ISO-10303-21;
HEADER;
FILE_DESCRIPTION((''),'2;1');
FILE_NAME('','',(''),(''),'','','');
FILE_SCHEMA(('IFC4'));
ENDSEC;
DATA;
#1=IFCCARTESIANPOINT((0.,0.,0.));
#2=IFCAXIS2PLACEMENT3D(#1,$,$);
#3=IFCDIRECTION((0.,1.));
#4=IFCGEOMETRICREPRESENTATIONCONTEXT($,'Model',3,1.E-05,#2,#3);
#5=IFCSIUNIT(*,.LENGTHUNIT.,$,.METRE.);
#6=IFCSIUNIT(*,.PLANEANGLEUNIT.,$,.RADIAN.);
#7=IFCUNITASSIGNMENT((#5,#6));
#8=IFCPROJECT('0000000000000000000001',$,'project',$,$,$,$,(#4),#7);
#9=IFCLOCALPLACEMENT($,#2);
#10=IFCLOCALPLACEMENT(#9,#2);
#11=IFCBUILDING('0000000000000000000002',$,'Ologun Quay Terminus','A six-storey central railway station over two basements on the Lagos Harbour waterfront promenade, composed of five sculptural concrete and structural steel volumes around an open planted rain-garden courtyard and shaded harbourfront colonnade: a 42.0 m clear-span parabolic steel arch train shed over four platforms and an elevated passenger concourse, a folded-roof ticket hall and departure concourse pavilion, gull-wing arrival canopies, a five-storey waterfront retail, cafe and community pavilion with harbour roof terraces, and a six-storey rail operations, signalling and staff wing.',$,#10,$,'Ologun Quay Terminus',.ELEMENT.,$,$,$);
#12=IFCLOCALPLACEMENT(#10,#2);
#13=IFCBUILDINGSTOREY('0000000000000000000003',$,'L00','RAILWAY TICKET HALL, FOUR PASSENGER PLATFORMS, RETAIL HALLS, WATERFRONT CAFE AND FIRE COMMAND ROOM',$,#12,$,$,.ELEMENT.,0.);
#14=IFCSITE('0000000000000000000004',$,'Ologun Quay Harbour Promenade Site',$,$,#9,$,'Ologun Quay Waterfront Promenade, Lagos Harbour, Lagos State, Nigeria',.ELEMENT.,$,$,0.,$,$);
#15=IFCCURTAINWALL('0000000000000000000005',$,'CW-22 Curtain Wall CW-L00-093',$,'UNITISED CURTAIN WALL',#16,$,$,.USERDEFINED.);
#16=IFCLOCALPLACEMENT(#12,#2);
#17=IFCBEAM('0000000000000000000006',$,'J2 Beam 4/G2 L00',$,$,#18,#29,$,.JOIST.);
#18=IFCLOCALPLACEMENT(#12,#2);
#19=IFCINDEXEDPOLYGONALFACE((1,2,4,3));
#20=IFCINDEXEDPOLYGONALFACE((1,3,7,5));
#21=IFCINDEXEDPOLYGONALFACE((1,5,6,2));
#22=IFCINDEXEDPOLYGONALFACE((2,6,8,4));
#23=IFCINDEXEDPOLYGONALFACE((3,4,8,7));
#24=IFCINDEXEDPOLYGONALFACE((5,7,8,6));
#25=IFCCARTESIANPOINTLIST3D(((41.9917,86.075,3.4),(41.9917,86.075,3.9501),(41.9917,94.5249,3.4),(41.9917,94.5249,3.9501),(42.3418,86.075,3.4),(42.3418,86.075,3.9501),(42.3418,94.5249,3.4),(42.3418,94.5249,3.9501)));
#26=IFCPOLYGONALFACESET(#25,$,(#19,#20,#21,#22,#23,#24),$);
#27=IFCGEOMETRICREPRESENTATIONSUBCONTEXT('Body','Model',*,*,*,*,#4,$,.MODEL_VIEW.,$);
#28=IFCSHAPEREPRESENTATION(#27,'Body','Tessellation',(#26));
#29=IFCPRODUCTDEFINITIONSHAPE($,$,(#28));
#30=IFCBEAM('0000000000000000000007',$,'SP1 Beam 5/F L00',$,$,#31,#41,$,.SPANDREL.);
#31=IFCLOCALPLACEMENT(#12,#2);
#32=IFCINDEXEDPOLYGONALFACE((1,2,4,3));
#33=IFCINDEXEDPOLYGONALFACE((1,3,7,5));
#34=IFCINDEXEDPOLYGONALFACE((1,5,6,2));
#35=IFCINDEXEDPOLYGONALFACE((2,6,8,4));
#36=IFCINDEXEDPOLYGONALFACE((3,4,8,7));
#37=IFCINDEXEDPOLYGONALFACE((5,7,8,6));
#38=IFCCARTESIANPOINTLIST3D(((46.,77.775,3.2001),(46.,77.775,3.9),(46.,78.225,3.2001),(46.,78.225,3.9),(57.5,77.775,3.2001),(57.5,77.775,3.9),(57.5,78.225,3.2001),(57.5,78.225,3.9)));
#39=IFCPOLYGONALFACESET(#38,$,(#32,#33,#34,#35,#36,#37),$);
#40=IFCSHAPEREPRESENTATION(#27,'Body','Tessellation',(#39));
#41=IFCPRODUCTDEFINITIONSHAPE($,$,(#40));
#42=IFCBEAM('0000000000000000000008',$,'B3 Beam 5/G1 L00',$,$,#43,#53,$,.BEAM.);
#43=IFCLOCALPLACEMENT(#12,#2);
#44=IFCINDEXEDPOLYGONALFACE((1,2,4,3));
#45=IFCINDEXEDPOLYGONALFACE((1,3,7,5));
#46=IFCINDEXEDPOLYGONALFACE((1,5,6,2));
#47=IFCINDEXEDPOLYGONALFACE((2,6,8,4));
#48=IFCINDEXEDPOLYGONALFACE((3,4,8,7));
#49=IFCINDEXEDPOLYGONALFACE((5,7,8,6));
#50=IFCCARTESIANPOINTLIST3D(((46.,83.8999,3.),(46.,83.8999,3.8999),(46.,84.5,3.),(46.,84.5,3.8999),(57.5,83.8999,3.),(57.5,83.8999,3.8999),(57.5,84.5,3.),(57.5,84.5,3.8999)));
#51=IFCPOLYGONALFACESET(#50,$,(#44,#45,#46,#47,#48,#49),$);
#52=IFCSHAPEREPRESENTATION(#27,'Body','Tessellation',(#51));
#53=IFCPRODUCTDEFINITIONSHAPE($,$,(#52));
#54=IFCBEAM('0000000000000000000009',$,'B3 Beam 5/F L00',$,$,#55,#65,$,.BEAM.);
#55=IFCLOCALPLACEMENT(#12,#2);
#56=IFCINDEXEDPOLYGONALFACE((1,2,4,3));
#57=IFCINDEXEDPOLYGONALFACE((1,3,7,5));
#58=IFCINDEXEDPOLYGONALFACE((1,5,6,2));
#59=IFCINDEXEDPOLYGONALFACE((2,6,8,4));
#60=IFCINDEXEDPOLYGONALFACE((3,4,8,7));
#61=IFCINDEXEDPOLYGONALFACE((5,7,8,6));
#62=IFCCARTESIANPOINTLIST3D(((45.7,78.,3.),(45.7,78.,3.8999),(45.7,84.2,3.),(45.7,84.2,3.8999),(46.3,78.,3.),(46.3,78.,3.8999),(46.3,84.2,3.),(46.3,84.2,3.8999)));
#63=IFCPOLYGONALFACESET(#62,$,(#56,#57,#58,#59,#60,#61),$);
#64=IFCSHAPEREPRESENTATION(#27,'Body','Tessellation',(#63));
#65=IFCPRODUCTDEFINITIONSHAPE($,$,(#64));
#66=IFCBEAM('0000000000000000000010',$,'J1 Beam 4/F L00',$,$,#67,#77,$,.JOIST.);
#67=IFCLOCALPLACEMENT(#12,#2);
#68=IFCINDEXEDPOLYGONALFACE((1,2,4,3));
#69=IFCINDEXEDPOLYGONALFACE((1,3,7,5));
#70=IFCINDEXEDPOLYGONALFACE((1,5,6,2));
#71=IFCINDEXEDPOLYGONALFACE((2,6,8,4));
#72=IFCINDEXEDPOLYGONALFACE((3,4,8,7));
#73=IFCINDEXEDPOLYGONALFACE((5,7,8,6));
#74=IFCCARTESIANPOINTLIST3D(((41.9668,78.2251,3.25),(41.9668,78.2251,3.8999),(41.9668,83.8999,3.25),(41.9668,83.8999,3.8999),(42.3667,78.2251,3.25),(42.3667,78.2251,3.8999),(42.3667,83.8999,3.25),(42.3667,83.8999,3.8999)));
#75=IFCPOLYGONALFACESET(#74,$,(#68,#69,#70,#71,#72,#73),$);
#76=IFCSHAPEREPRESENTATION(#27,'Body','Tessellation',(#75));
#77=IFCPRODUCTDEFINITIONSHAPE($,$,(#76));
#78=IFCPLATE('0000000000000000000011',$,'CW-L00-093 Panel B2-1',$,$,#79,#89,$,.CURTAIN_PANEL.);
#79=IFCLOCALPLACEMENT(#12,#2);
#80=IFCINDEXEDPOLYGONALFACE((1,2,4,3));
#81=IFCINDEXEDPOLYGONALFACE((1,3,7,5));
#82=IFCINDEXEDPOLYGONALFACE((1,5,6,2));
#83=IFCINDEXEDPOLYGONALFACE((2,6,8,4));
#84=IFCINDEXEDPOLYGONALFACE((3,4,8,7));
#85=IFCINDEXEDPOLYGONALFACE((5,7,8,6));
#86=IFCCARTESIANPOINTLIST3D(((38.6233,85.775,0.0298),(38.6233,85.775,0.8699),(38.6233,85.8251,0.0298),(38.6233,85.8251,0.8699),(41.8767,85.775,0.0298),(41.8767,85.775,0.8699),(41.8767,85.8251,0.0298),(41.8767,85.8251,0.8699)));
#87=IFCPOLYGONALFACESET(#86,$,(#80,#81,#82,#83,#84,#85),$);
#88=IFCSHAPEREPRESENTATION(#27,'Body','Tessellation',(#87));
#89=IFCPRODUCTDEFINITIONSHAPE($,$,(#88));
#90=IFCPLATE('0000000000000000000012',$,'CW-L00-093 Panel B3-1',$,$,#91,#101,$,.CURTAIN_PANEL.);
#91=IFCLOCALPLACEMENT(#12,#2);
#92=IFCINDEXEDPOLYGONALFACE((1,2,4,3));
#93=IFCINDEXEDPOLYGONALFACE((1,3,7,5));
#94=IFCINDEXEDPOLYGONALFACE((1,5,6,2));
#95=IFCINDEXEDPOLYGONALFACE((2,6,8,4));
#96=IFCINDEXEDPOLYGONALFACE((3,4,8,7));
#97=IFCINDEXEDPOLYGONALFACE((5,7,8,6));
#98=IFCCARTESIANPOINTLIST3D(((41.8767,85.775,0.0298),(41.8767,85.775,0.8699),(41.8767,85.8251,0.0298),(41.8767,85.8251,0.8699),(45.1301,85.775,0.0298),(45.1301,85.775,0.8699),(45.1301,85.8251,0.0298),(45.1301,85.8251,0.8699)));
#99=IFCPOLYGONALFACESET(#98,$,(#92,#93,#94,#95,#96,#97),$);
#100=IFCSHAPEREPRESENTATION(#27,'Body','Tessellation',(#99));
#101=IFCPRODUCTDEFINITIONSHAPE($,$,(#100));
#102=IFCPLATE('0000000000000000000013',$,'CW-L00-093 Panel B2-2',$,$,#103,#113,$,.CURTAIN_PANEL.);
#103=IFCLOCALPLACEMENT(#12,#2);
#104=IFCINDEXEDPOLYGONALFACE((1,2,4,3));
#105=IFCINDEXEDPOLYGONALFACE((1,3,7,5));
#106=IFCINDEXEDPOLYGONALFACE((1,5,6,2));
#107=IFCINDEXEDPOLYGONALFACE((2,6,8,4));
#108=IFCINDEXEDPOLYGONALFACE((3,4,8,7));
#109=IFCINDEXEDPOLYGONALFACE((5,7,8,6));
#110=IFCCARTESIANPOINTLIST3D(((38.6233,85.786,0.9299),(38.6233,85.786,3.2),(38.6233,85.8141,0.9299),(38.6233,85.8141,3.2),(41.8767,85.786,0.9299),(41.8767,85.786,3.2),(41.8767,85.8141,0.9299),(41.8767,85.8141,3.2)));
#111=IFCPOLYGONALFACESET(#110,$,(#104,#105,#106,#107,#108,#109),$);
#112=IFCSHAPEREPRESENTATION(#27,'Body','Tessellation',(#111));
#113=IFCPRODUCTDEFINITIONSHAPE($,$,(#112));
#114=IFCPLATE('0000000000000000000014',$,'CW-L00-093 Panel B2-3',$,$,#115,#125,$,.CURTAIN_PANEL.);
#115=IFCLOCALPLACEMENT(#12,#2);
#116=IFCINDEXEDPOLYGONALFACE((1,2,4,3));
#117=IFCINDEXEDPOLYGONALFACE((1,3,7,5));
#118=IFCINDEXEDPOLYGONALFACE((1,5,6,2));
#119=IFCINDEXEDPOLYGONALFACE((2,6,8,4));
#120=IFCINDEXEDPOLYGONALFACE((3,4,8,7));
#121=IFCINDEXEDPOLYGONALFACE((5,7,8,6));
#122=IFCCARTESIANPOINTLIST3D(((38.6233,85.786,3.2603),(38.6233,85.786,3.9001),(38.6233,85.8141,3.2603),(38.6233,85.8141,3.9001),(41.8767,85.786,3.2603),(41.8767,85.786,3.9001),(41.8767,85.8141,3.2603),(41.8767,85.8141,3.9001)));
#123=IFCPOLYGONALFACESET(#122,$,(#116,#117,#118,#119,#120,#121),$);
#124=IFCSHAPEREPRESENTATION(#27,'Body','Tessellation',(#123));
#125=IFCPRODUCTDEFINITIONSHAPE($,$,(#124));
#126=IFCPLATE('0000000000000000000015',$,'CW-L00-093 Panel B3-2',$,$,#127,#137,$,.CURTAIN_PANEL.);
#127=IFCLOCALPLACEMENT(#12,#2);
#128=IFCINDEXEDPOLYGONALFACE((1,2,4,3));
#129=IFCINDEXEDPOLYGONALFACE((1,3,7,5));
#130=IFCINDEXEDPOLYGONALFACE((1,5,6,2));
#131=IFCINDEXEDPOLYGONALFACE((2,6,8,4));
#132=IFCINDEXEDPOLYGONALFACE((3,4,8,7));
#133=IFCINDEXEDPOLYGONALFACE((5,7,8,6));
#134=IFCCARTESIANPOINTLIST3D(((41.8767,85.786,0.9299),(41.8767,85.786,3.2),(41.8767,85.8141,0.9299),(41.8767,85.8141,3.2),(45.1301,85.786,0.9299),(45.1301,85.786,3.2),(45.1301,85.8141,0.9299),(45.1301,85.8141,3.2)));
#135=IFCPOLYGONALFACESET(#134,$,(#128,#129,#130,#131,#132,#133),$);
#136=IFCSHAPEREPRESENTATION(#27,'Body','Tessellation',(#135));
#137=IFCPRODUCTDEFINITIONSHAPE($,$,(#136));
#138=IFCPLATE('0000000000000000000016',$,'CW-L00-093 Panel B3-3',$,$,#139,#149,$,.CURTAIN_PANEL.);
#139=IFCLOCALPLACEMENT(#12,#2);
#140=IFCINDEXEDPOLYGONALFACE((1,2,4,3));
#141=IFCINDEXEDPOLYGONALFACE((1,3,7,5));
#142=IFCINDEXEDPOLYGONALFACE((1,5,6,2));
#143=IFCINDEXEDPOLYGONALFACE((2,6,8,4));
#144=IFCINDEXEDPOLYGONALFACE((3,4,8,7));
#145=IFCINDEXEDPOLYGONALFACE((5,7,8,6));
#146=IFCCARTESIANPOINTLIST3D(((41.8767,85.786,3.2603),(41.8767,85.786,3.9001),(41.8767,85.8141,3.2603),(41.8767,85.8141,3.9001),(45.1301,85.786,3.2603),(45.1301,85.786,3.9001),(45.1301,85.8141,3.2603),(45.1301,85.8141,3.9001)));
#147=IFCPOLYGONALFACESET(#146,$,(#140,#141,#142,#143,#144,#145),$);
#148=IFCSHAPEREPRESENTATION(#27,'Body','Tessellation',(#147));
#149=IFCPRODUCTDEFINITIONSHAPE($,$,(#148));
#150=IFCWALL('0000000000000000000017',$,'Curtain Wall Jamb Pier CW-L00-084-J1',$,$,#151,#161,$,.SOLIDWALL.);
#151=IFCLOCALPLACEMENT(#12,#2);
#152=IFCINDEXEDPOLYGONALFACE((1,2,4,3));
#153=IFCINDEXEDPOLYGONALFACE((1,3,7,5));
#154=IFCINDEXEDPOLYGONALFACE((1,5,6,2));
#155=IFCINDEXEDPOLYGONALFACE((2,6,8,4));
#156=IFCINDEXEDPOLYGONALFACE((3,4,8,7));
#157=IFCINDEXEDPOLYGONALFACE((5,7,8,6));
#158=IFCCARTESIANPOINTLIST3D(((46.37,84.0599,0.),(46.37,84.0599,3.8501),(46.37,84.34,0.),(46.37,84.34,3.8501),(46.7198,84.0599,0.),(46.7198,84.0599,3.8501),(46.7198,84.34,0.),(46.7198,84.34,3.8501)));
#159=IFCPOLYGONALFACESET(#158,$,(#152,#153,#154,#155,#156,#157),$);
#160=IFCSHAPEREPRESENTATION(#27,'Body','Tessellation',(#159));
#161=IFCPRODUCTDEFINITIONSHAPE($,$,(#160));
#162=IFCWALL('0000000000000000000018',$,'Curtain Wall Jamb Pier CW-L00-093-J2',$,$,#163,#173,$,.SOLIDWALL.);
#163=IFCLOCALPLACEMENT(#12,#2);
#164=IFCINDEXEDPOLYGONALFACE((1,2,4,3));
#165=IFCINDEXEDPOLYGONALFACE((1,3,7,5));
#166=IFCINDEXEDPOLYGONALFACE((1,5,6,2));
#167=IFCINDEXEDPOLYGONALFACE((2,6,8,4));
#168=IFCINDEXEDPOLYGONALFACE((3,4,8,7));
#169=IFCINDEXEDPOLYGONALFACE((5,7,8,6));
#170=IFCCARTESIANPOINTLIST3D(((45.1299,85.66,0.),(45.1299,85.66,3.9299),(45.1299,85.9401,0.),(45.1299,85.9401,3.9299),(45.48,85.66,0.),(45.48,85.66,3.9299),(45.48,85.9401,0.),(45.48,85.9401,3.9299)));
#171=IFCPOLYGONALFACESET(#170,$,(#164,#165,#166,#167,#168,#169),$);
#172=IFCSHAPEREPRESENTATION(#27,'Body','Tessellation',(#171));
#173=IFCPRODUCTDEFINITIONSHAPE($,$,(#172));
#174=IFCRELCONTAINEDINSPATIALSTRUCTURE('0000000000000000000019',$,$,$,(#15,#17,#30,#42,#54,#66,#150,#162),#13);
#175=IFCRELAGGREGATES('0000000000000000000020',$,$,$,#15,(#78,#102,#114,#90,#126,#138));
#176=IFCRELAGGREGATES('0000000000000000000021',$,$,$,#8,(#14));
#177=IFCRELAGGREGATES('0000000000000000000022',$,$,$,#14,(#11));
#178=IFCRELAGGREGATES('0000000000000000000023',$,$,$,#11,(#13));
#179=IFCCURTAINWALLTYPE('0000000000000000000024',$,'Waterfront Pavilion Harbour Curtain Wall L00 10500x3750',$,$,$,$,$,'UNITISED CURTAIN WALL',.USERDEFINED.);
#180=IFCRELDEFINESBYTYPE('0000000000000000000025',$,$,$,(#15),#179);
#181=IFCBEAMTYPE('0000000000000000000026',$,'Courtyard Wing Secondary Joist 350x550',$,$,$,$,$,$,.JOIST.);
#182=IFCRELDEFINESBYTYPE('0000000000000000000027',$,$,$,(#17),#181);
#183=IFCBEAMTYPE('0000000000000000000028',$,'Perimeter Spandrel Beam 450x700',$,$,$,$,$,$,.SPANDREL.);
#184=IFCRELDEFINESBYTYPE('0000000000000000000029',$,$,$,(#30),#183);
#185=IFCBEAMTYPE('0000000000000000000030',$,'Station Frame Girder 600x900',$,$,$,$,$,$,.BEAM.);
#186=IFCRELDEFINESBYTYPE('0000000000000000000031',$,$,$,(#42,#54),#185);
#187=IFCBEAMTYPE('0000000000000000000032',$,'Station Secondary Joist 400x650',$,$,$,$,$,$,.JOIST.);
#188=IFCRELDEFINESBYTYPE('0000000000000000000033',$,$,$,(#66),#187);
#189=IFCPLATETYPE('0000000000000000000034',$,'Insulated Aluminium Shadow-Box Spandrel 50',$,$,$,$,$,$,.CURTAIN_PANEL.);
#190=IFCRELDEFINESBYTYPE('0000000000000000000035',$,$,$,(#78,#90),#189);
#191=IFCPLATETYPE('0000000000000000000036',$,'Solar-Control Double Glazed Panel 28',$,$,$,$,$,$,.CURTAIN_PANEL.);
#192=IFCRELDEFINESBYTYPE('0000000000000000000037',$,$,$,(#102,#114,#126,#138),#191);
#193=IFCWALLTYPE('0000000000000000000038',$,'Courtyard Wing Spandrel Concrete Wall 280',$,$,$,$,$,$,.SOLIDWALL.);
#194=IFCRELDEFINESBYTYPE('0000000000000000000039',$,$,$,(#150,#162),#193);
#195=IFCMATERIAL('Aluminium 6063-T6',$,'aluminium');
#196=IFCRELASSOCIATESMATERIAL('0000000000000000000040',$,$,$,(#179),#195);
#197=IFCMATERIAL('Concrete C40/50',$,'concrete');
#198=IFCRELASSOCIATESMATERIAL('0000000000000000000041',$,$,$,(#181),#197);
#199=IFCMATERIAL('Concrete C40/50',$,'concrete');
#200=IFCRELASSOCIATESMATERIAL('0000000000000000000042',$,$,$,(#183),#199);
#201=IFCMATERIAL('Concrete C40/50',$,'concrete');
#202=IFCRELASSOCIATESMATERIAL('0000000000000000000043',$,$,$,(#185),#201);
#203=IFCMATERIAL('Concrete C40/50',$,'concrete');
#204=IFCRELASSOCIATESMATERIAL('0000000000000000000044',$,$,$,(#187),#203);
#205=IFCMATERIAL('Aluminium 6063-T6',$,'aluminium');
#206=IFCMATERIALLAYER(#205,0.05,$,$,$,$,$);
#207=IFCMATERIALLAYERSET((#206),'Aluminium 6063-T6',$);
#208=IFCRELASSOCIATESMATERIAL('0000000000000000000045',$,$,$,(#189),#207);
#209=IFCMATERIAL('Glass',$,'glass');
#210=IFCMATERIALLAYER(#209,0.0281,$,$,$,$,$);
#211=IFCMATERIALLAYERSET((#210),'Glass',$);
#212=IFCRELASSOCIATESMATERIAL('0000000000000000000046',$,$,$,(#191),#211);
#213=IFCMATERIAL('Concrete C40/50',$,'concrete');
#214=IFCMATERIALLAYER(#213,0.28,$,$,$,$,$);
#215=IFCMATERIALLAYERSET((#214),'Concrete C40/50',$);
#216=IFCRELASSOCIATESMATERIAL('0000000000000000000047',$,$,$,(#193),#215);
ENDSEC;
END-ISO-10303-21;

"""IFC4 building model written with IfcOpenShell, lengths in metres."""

from ifc_helpers import new_model, si_unit, direction, frame, frame_2d, origin, origin_2d, place, context, subcontext, project, spatial, rectangle, extrude, material, layer, layer_set, material_profile, profile_set, type_object, element, aggregate, save


model = new_model("IFC4")

# Units and contexts
model_context = context("Model", 3, precision=1e-05, world=origin(), true_north=direction((0.0, 1.0)))
body_context = subcontext(model_context, "Body", "Model", "MODEL_VIEW")
ifc_project = project(units=[si_unit("LENGTHUNIT", "METRE"), si_unit("PLANEANGLEUNIT", "RADIAN")], contexts=[model_context])

# Site, building, storey
site_placement = place(None, origin())
site = spatial("IfcSite", under=ifc_project, at=site_placement, Name="Ologun Quay Harbour Promenade Site", LongName="Ologun Quay Waterfront Promenade, Lagos Harbour, Lagos State, Nigeria", CompositionType="ELEMENT", RefElevation=0.0)
building_placement = place(site_placement, origin())
building = spatial("IfcBuilding", under=site, at=building_placement, Name="Ologun Quay Terminus", Description="A six-storey central railway station over two basements on the Lagos Harbour waterfront promenade, composed of five sculptural concrete and structural steel volumes around an open planted rain-garden courtyard and shaded harbourfront colonnade: a 42.0 m clear-span parabolic steel arch train shed over four platforms and an elevated passenger concourse, a folded-roof ticket hall and departure concourse pavilion, gull-wing arrival canopies, a five-storey waterfront retail, cafe and community pavilion with harbour roof terraces, and a six-storey rail operations, signalling and staff wing.", LongName="Ologun Quay Terminus", CompositionType="ELEMENT")
storey_placement = place(building_placement, origin())
storey = spatial("IfcBuildingStorey", under=building, at=storey_placement, Name="L00", Description="RAILWAY TICKET HALL, FOUR PASSENGER PLATFORMS, RETAIL HALLS, WATERFRONT CAFE AND FIRE COMMAND ROOM", CompositionType="ELEMENT", Elevation=0.0)

# Curtain wall
ifc_material_1 = material(Name="Aluminium 6063-T6", Category="aluminium")
curtain_wall_type_1 = type_object("IfcCurtainWallType", Name="Waterfront Pavilion Harbour Curtain Wall L00 10500x3750", ElementType="UNITISED CURTAIN WALL", PredefinedType="USERDEFINED", material=ifc_material_1)
curtain_wall_1_placement = place(storey_placement, origin())
curtain_wall_1 = element("IfcCurtainWall", 1, at=curtain_wall_1_placement, inside=storey, type_object=curtain_wall_type_1, Name="CW-22 Curtain Wall CW-L00-093", ObjectType="UNITISED CURTAIN WALL", PredefinedType="USERDEFINED")

# Beams
ifc_material_2 = material(Name="Concrete C40/50", Category="concrete")
ifc_material_profile_1 = material_profile(ifc_material_2, rectangle(XDim=0.3501, YDim=0.55, at=origin_2d()), Name="RC 350x550")
ifc_profile_set_1 = profile_set([ifc_material_profile_1], Name="Concrete C40/50")
beam_type_1 = type_object("IfcBeamType", Name="Courtyard Wing Secondary Joist 350x550", PredefinedType="JOIST", material=ifc_profile_set_1)
beam_1_placement = place(storey_placement, frame((42.1667, 86.075, 3.675), z_axis=(0.0, 1.0, 0.0), x_axis=(-1.0, 0.0, 0.0)))
element("IfcBeam", 2, at=beam_1_placement, inside=storey, type_object=beam_type_1, Name="J2 Beam 4/G2 L00", PredefinedType="JOIST", context=body_context, shape_type="SweptSolid", body=[
    extrude(rectangle(XDim=0.3501, YDim=0.55, at=origin_2d()), origin(), (0.0, 0.0, 1.0), 8.45),
])
ifc_material_3 = material(Name="Concrete C40/50", Category="concrete")
ifc_material_profile_2 = material_profile(ifc_material_3, rectangle(XDim=0.45, YDim=0.7, at=origin_2d()), Name="RC 450x700")
ifc_profile_set_2 = profile_set([ifc_material_profile_2], Name="Concrete C40/50")
beam_type_2 = type_object("IfcBeamType", Name="Perimeter Spandrel Beam 450x700", PredefinedType="SPANDREL", material=ifc_profile_set_2)
beam_2_placement = place(storey_placement, frame((46.0, 78.0, 3.55), z_axis=(1.0, 0.0, 0.0), x_axis=(0.0, 1.0, 0.0)))
element("IfcBeam", 3, at=beam_2_placement, inside=storey, type_object=beam_type_2, Name="SP1 Beam 5/F L00", PredefinedType="SPANDREL", context=body_context, shape_type="SweptSolid", body=[
    extrude(rectangle(XDim=0.45, YDim=0.7, at=origin_2d()), origin(), (0.0, 0.0, 1.0), 11.5),
])
ifc_material_4 = material(Name="Concrete C40/50", Category="concrete")
ifc_material_profile_3 = material_profile(ifc_material_4, rectangle(XDim=0.6001, YDim=0.8999, at=origin_2d()), Name="RC 600x900")
ifc_profile_set_3 = profile_set([ifc_material_profile_3], Name="Concrete C40/50")
beam_type_3 = type_object("IfcBeamType", Name="Station Frame Girder 600x900", PredefinedType="BEAM", material=ifc_profile_set_3)
beam_3_placement = place(storey_placement, frame((46.0, 84.2, 3.45), z_axis=(1.0, 0.0, 0.0), x_axis=(0.0, 1.0, 0.0)))
element("IfcBeam", 4, at=beam_3_placement, inside=storey, type_object=beam_type_3, Name="B3 Beam 5/G1 L00", PredefinedType="BEAM", context=body_context, shape_type="SweptSolid", body=[
    extrude(rectangle(XDim=0.6001, YDim=0.8999, at=origin_2d()), origin(), (0.0, 0.0, 1.0), 11.5),
])
beam_4_placement = place(storey_placement, frame((46.0, 78.0, 3.45), z_axis=(0.0, 1.0, 0.0), x_axis=(-1.0, 0.0, 0.0)))
element("IfcBeam", 5, at=beam_4_placement, inside=storey, type_object=beam_type_3, Name="B3 Beam 5/F L00", PredefinedType="BEAM", context=body_context, shape_type="SweptSolid", body=[
    extrude(rectangle(XDim=0.6001, YDim=0.8999, at=origin_2d()), origin(), (0.0, 0.0, 1.0), 6.2),
])
ifc_material_5 = material(Name="Concrete C40/50", Category="concrete")
ifc_material_profile_4 = material_profile(ifc_material_5, rectangle(XDim=0.3999, YDim=0.6499, at=origin_2d()), Name="RC 400x650")
ifc_profile_set_4 = profile_set([ifc_material_profile_4], Name="Concrete C40/50")
beam_type_4 = type_object("IfcBeamType", Name="Station Secondary Joist 400x650", PredefinedType="JOIST", material=ifc_profile_set_4)
beam_5_placement = place(storey_placement, frame((42.1667, 78.2251, 3.575), z_axis=(0.0, 1.0, 0.0), x_axis=(-1.0, 0.0, 0.0)))
element("IfcBeam", 6, at=beam_5_placement, inside=storey, type_object=beam_type_4, Name="J1 Beam 4/F L00", PredefinedType="JOIST", context=body_context, shape_type="SweptSolid", body=[
    extrude(rectangle(XDim=0.3999, YDim=0.6499, at=origin_2d()), origin(), (0.0, 0.0, 1.0), 5.6748),
])

# Plates
ifc_material_6 = material(Name="Aluminium 6063-T6", Category="aluminium")
ifc_layer_1 = layer(ifc_material_6, 0.05)
ifc_layer_set_1 = layer_set([ifc_layer_1], Name="Aluminium 6063-T6")
plate_type_1 = type_object("IfcPlateType", Name="Insulated Aluminium Shadow-Box Spandrel 50", PredefinedType="CURTAIN_PANEL", material=ifc_layer_set_1)
plate_1_placement = place(storey_placement, frame((40.25, 85.8, 0.0298), z_axis=(0.0, 0.0, 1.0), x_axis=(1.0, 0.0, 0.0)))
plate_1 = element("IfcPlate", 7, at=plate_1_placement, type_object=plate_type_1, Name="CW-L00-093 Panel B2-1", PredefinedType="CURTAIN_PANEL", context=body_context, shape_type="SweptSolid", body=[
    extrude(rectangle(XDim=3.2534, YDim=0.05, at=origin_2d()), origin(), (0.0, 0.0, 1.0), 0.8401),
])
plate_2_placement = place(storey_placement, frame((43.5034, 85.8, 0.0298), z_axis=(0.0, 0.0, 1.0), x_axis=(1.0, 0.0, 0.0)))
plate_2 = element("IfcPlate", 8, at=plate_2_placement, type_object=plate_type_1, Name="CW-L00-093 Panel B3-1", PredefinedType="CURTAIN_PANEL", context=body_context, shape_type="SweptSolid", body=[
    extrude(rectangle(XDim=3.2534, YDim=0.05, at=origin_2d()), origin(), (0.0, 0.0, 1.0), 0.8401),
])
ifc_material_7 = material(Name="Glass", Category="glass")
ifc_layer_2 = layer(ifc_material_7, 0.0281)
ifc_layer_set_2 = layer_set([ifc_layer_2], Name="Glass")
plate_type_2 = type_object("IfcPlateType", Name="Solar-Control Double Glazed Panel 28", PredefinedType="CURTAIN_PANEL", material=ifc_layer_set_2)
plate_3_placement = place(storey_placement, frame((40.25, 85.8, 0.9299), z_axis=(0.0, 0.0, 1.0), x_axis=(1.0, 0.0, 0.0)))
plate_3 = element("IfcPlate", 9, at=plate_3_placement, type_object=plate_type_2, Name="CW-L00-093 Panel B2-2", PredefinedType="CURTAIN_PANEL", context=body_context, shape_type="SweptSolid", body=[
    extrude(rectangle(XDim=3.2534, YDim=0.0281, at=origin_2d()), origin(), (0.0, 0.0, 1.0), 2.27),
])
plate_4_placement = place(storey_placement, frame((40.25, 85.8, 3.2603), z_axis=(0.0, 0.0, 1.0), x_axis=(1.0, 0.0, 0.0)))
plate_4 = element("IfcPlate", 10, at=plate_4_placement, type_object=plate_type_2, Name="CW-L00-093 Panel B2-3", PredefinedType="CURTAIN_PANEL", context=body_context, shape_type="SweptSolid", body=[
    extrude(rectangle(XDim=3.2534, YDim=0.0281, at=origin_2d()), origin(), (0.0, 0.0, 1.0), 0.6399),
])
plate_5_placement = place(storey_placement, frame((43.5034, 85.8, 0.9299), z_axis=(0.0, 0.0, 1.0), x_axis=(1.0, 0.0, 0.0)))
plate_5 = element("IfcPlate", 11, at=plate_5_placement, type_object=plate_type_2, Name="CW-L00-093 Panel B3-2", PredefinedType="CURTAIN_PANEL", context=body_context, shape_type="SweptSolid", body=[
    extrude(rectangle(XDim=3.2534, YDim=0.0281, at=origin_2d()), origin(), (0.0, 0.0, 1.0), 2.27),
])
plate_6_placement = place(storey_placement, frame((43.5034, 85.8, 3.2603), z_axis=(0.0, 0.0, 1.0), x_axis=(1.0, 0.0, 0.0)))
plate_6 = element("IfcPlate", 12, at=plate_6_placement, type_object=plate_type_2, Name="CW-L00-093 Panel B3-3", PredefinedType="CURTAIN_PANEL", context=body_context, shape_type="SweptSolid", body=[
    extrude(rectangle(XDim=3.2534, YDim=0.0281, at=origin_2d()), origin(), (0.0, 0.0, 1.0), 0.6399),
])
aggregate(curtain_wall_1, [plate_1, plate_3, plate_4, plate_2, plate_5, plate_6])

# Walls
ifc_material_8 = material(Name="Concrete C40/50", Category="concrete")
ifc_layer_3 = layer(ifc_material_8, 0.28)
ifc_layer_set_3 = layer_set([ifc_layer_3], Name="Concrete C40/50")
wall_type_1 = type_object("IfcWallType", Name="Courtyard Wing Spandrel Concrete Wall 280", PredefinedType="SOLIDWALL", material=ifc_layer_set_3)
wall_1_placement = place(storey_placement, frame((46.3701, 84.2, 0.0), z_axis=(0.0, 0.0, 1.0), x_axis=(1.0, 0.0, 0.0)))
element("IfcWall", 13, at=wall_1_placement, inside=storey, type_object=wall_type_1, Name="Curtain Wall Jamb Pier CW-L00-084-J1", PredefinedType="SOLIDWALL", context=body_context, shape_type="SweptSolid", body=[
    extrude(rectangle(XDim=0.3499, YDim=0.28, at=frame_2d((0.1748, 0.0))), origin(), (0.0, 0.0, 1.0), 3.8501),
])
wall_2_placement = place(storey_placement, frame((45.1299, 85.8, 0.0), z_axis=(0.0, 0.0, 1.0), x_axis=(1.0, 0.0, 0.0)))
element("IfcWall", 14, at=wall_2_placement, inside=storey, type_object=wall_type_1, Name="Curtain Wall Jamb Pier CW-L00-093-J2", PredefinedType="SOLIDWALL", context=body_context, shape_type="SweptSolid", body=[
    extrude(rectangle(XDim=0.3501, YDim=0.28, at=frame_2d((0.175, 0.0))), origin(), (0.0, 0.0, 1.0), 3.9299),
])

save(model, "model.ifc")
